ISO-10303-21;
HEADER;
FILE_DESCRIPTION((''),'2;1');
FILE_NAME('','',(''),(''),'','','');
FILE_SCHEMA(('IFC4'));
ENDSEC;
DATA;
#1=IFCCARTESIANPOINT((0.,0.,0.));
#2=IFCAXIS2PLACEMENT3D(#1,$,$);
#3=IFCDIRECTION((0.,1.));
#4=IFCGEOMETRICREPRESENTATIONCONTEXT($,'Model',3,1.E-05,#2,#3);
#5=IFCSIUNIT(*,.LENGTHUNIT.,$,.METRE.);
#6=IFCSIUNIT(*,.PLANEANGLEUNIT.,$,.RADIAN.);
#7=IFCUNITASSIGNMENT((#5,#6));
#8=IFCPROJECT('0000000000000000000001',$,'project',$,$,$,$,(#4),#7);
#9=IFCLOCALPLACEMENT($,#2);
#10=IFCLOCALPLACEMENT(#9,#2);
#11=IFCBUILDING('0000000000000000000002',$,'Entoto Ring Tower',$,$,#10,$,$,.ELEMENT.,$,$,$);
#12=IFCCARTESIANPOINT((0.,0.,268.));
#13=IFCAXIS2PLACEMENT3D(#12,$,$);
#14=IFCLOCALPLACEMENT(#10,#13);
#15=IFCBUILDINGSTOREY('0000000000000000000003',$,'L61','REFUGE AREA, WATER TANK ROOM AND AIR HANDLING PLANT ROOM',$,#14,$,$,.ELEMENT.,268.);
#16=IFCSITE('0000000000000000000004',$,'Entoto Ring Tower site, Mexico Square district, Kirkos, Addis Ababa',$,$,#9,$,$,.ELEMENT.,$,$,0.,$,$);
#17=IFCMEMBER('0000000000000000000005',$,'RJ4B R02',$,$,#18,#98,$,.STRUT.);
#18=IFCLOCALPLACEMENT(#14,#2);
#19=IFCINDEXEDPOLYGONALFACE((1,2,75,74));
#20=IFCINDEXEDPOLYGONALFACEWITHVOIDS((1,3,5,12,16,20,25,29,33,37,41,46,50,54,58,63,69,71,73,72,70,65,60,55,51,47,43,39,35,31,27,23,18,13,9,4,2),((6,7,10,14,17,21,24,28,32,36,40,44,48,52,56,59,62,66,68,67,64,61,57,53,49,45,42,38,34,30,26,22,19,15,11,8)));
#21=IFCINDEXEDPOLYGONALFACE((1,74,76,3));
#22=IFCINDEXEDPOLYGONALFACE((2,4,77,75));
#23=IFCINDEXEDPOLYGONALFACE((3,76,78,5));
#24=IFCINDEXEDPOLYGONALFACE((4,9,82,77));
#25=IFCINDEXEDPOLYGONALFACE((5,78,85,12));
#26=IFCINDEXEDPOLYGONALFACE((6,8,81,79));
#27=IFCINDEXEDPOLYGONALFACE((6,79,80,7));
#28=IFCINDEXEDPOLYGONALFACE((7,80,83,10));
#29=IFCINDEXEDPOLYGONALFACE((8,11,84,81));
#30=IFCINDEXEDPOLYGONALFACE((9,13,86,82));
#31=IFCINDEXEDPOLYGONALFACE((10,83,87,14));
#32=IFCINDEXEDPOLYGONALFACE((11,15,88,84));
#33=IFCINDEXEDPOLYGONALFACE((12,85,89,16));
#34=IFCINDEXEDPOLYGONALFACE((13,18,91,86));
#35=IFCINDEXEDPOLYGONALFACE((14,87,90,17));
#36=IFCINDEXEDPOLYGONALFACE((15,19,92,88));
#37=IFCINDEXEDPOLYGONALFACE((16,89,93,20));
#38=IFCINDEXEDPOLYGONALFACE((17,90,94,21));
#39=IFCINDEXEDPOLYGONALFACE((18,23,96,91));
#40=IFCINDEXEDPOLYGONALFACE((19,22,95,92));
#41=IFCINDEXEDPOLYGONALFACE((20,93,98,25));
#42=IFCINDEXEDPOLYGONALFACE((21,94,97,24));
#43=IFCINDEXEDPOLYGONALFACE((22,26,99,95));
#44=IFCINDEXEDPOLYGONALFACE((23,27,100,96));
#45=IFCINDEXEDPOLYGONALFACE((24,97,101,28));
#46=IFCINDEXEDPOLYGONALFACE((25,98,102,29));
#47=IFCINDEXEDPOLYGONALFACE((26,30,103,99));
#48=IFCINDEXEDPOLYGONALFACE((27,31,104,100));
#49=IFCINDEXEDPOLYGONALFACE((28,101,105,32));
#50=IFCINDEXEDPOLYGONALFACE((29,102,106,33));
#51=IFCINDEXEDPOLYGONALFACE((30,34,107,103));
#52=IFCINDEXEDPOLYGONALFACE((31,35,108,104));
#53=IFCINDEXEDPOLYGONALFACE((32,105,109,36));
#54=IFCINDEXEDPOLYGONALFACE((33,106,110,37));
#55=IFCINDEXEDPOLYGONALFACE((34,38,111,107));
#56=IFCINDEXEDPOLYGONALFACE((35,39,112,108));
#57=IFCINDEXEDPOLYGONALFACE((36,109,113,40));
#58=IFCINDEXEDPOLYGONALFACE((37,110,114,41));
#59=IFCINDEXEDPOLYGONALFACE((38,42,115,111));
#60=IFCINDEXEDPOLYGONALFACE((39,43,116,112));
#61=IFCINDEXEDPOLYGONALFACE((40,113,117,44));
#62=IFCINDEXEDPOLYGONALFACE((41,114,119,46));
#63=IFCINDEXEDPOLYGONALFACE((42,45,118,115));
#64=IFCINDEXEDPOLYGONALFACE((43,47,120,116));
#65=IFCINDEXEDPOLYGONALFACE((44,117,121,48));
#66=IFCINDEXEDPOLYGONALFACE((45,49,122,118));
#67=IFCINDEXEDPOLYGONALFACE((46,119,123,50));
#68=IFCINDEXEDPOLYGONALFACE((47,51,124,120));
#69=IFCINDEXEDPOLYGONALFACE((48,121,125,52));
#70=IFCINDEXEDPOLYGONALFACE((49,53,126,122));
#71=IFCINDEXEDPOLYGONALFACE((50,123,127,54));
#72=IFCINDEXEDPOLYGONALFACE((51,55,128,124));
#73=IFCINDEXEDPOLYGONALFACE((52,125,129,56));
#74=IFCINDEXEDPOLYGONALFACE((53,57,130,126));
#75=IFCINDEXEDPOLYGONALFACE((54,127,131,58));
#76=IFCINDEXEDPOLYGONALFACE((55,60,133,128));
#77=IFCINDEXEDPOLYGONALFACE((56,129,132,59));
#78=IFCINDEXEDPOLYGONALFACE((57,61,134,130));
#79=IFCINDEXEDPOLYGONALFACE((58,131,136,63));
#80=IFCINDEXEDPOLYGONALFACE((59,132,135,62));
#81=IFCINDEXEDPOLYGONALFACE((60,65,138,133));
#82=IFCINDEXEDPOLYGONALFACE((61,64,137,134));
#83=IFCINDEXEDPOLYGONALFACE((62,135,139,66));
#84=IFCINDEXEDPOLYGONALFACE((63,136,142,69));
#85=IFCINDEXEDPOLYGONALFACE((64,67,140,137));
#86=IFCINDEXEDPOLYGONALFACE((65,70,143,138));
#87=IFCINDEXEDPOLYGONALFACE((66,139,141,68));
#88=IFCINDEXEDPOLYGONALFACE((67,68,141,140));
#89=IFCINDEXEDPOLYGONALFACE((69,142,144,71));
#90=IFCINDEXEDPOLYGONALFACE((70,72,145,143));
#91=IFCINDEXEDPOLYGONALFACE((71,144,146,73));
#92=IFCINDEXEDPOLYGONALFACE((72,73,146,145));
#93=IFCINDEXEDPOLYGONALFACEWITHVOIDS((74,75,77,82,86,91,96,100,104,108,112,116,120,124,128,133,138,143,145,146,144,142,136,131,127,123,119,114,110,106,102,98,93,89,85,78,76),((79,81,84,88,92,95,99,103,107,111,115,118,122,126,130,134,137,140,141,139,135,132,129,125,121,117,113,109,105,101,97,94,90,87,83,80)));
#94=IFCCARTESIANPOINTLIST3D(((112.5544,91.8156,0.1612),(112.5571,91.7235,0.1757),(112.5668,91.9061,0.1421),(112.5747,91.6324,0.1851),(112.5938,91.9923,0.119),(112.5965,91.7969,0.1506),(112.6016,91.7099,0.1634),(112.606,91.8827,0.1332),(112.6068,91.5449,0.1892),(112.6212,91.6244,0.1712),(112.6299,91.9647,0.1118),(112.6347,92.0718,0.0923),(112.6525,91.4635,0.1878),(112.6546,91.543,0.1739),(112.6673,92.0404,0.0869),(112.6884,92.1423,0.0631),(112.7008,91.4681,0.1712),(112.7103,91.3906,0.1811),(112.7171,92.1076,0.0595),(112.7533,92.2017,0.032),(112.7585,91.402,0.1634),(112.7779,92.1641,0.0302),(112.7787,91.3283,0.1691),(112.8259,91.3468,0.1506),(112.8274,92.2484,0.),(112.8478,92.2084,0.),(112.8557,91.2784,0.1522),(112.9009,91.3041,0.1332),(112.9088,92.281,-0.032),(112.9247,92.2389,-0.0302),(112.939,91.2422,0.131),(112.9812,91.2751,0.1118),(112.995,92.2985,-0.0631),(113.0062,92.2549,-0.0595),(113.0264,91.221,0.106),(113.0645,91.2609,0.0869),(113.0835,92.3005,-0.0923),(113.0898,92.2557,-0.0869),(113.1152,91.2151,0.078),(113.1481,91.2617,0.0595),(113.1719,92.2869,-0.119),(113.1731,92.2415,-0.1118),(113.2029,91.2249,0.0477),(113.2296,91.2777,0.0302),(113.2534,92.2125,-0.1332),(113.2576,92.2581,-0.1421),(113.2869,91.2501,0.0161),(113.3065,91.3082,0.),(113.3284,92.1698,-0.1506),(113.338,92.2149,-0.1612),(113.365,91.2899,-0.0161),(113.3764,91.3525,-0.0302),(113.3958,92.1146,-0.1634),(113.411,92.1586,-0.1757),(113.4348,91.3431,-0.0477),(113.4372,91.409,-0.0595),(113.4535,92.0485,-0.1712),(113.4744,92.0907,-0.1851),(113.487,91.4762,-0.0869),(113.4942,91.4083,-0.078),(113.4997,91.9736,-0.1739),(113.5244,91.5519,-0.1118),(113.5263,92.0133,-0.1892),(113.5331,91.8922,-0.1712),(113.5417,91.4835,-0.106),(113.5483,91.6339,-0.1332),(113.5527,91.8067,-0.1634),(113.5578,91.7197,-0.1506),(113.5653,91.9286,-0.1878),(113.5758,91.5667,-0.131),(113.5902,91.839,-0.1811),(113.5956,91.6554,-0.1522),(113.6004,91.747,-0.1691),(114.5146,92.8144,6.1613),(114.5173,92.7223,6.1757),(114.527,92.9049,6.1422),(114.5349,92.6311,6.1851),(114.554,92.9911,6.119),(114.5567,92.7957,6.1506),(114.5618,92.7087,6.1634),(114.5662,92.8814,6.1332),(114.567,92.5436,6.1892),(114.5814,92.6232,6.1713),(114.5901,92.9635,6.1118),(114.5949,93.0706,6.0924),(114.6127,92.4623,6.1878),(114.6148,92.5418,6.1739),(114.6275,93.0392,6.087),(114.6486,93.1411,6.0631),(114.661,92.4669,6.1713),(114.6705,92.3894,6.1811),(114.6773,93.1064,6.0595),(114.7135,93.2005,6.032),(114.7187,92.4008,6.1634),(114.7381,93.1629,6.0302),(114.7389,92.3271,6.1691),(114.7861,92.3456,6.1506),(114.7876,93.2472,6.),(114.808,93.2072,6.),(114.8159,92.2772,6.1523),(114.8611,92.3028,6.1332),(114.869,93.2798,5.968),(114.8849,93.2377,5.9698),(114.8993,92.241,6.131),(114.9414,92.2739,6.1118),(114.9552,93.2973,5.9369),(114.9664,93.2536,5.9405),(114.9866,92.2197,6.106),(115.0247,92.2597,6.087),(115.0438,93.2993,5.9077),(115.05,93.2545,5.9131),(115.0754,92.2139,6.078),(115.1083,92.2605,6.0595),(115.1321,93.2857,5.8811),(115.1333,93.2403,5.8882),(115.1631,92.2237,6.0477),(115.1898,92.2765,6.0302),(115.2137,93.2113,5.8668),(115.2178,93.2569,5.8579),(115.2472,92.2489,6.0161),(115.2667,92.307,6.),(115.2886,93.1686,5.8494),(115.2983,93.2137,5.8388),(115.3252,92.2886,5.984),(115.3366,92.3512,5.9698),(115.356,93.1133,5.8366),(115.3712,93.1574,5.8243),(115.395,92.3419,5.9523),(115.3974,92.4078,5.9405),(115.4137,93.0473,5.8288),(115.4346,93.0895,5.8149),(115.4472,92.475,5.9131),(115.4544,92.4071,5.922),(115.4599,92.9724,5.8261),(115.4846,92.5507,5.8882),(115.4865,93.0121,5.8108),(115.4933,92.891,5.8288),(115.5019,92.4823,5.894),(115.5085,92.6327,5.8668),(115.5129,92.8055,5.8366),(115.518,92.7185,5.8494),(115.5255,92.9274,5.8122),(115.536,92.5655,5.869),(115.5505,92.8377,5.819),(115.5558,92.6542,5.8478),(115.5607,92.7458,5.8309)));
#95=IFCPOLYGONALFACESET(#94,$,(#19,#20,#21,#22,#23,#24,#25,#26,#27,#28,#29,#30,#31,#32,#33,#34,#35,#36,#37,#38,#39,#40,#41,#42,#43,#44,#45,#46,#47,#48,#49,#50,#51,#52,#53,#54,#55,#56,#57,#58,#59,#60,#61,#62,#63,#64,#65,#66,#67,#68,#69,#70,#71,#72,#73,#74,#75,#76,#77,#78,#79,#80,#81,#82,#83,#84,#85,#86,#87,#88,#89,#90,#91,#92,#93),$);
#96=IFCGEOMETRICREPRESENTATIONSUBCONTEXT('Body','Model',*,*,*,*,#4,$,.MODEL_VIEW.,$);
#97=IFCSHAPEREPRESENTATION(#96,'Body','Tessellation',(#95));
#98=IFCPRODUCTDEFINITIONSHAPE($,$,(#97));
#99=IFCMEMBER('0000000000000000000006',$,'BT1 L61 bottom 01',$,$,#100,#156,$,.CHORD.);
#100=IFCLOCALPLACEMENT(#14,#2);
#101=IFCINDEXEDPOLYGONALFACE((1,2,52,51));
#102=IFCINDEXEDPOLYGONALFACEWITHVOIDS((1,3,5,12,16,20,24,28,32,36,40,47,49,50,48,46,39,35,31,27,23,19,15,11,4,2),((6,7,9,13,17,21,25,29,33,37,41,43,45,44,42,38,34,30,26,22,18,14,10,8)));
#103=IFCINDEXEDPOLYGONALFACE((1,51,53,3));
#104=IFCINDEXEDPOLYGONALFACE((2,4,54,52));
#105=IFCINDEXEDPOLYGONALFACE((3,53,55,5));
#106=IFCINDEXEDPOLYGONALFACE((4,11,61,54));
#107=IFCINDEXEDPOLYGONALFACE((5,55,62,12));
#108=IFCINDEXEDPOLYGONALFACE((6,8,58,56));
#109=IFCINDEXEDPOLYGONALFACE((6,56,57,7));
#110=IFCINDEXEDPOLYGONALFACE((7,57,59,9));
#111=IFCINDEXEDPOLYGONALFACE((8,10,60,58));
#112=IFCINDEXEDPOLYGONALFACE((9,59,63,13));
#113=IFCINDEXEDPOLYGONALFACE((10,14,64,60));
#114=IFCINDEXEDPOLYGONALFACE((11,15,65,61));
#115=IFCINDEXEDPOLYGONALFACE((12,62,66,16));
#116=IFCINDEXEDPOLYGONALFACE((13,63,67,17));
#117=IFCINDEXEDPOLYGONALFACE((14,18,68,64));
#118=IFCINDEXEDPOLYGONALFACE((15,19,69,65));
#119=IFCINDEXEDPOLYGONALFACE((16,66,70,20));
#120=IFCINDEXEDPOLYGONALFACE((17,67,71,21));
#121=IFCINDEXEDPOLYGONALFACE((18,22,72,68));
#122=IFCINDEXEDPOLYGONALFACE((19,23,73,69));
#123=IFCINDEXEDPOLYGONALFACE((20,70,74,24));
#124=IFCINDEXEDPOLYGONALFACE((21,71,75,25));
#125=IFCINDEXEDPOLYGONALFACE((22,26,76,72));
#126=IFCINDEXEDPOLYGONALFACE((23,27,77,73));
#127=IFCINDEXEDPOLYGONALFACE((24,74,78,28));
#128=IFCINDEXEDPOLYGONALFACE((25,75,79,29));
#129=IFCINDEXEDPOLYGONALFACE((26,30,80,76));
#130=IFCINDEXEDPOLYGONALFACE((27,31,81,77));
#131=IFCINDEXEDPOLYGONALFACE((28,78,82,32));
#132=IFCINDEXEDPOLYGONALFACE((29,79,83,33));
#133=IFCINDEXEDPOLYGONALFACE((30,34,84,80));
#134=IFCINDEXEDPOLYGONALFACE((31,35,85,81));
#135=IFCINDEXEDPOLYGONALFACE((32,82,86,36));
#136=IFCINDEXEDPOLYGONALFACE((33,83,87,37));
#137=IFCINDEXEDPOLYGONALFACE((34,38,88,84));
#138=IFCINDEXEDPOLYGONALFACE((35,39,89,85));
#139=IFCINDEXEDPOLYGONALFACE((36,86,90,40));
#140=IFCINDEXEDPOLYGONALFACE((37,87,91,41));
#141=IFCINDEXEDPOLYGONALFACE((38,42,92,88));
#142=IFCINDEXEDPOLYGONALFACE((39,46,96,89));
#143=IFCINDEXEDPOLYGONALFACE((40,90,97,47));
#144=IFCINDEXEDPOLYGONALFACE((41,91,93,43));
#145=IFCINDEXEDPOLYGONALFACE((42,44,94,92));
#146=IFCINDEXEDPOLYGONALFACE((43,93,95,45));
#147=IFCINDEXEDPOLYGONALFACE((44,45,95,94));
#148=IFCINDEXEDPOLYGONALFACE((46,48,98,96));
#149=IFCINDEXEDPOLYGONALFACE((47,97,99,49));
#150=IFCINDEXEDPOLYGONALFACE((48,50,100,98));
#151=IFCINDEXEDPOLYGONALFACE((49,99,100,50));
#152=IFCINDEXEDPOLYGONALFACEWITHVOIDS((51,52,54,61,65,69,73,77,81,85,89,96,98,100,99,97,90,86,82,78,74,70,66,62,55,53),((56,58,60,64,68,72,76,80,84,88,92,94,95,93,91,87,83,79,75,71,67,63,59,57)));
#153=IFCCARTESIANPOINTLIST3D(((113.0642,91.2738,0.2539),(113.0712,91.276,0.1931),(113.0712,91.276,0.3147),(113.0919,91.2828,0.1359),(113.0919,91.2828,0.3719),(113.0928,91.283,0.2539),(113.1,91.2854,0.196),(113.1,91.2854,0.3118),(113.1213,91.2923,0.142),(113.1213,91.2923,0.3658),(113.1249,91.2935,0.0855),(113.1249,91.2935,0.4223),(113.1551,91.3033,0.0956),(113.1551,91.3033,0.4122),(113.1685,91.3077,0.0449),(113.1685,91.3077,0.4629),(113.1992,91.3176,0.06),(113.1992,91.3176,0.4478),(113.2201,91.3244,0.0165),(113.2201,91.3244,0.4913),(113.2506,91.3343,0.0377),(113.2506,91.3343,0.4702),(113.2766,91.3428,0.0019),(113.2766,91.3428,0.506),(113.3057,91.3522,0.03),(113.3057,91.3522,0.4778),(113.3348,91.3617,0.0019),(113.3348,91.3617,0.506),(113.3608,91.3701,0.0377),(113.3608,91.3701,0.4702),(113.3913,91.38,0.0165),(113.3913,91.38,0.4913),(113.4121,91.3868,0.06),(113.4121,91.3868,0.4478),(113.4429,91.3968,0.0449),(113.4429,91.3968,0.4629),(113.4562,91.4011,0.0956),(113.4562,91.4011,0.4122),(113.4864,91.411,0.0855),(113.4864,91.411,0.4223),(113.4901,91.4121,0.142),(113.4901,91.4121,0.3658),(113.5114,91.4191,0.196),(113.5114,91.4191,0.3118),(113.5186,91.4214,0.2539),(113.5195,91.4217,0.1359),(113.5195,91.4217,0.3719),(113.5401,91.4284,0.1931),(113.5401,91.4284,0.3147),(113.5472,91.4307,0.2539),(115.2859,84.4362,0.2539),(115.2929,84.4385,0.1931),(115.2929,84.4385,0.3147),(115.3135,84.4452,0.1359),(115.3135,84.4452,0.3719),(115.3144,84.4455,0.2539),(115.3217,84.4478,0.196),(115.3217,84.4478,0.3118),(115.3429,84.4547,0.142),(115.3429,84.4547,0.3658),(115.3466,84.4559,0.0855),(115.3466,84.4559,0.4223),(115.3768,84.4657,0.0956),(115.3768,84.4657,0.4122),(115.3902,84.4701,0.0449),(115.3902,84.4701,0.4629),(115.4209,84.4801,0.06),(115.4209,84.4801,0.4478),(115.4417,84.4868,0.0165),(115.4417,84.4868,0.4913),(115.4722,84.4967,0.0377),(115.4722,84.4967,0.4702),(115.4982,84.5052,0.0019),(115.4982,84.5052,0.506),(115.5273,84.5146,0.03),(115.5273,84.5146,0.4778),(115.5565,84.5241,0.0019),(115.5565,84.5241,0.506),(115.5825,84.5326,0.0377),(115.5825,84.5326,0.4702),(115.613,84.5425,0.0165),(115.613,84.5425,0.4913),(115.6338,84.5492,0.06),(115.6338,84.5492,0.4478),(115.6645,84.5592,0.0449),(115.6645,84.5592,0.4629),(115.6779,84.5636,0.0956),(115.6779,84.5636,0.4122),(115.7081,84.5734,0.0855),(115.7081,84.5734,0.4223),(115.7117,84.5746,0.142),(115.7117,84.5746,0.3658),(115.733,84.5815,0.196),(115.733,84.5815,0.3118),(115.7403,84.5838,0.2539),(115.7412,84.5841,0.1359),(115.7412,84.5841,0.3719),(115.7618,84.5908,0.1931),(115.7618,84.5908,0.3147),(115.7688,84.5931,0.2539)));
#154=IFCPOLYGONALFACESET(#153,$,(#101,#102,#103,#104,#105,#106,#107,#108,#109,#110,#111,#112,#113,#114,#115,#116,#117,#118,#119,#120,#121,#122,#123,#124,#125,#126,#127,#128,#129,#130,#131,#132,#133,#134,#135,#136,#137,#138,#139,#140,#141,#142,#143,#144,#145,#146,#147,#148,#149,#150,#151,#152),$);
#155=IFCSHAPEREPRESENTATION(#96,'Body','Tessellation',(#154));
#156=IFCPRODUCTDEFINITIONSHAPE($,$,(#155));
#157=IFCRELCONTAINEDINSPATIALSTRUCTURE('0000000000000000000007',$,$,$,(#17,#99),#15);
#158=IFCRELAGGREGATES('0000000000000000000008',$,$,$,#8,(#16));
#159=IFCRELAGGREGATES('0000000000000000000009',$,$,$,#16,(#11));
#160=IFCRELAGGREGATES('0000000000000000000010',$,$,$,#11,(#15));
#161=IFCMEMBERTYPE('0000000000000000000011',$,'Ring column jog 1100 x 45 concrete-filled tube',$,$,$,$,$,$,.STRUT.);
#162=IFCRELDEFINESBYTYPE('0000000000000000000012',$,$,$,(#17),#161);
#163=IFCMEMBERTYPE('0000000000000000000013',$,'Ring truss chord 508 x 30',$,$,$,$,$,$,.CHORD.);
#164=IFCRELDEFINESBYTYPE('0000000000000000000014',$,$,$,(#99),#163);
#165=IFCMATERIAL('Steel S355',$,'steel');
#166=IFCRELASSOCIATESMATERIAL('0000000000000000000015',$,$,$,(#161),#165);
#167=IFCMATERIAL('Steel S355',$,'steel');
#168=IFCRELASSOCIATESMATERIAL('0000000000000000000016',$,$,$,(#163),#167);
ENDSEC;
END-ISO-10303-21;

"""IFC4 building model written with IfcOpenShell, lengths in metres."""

from ifc_helpers import new_model, si_unit, direction, frame, origin, origin_2d, place, context, subcontext, project, spatial, circle, hollow_circle, extrude, material, material_profile, profile_set, type_object, element, save


model = new_model("IFC4")

# Units and contexts
model_context = context("Model", 3, precision=1e-05, world=origin(), true_north=direction((0.0, 1.0)))
body_context = subcontext(model_context, "Body", "Model", "MODEL_VIEW")
ifc_project = project(units=[si_unit("LENGTHUNIT", "METRE"), si_unit("PLANEANGLEUNIT", "RADIAN")], contexts=[model_context])

# Site, building, storey
site_placement = place(None, origin())
site = spatial("IfcSite", under=ifc_project, at=site_placement, Name="Entoto Ring Tower site, Mexico Square district, Kirkos, Addis Ababa", CompositionType="ELEMENT", RefElevation=0.0)
building_placement = place(site_placement, origin())
building = spatial("IfcBuilding", under=site, at=building_placement, Name="Entoto Ring Tower", CompositionType="ELEMENT")
storey_placement = place(building_placement, frame((0.0, 0.0, 268.0)))
storey = spatial("IfcBuildingStorey", under=building, at=storey_placement, Name="L61", Description="REFUGE AREA, WATER TANK ROOM AND AIR HANDLING PLANT ROOM", CompositionType="ELEMENT", Elevation=268.0)

# Members
ifc_material_1 = material(Name="Steel S355", Category="steel")
ifc_material_profile_1 = material_profile(ifc_material_1, hollow_circle(Radius=0.55, WallThickness=0.0449, at=origin_2d()), Name="CHS 1100 x 45")
ifc_material_2 = material(Name="Concrete C60/75", Category="concrete")
ifc_material_profile_2 = material_profile(ifc_material_2, circle(Radius=0.5049, at=origin_2d()), Name="Concrete C60/75 infill")
ifc_profile_set_1 = profile_set([ifc_material_profile_1, ifc_material_profile_2], Name="Steel S355")
member_type_1 = type_object("IfcMemberType", Name="Ring column jog 1100 x 45 concrete-filled tube", PredefinedType="STRUT", material=ifc_profile_set_1)
for number, where, z_axis, x_axis, name in (
    (1, (113.0771, 91.7583, 0.0), (0.306732, 0.156288, 0.938877), (-0.453992, 0.891006, 0.0), "RJ4B R02"),
):
    element("IfcMember", number, at=place(storey_placement, frame(where, z_axis=z_axis, x_axis=x_axis)), inside=storey, type_object=member_type_1, Name=name, PredefinedType="STRUT", context=body_context, shape_type="SweptSolid", body=[
        extrude(hollow_circle(Radius=0.55, WallThickness=0.0449, at=origin_2d()), origin(), (0.0, 0.0, 1.0), 6.3906),
    ])
ifc_material_3 = material(Name="Steel S355", Category="steel")
ifc_material_profile_3 = material_profile(ifc_material_3, hollow_circle(Radius=0.2539, WallThickness=0.03, at=origin_2d()), Name="CHS 508 x 30")
ifc_material_4 = material(Name="Concrete C60/75", Category="concrete")
ifc_material_profile_4 = material_profile(ifc_material_4, circle(Radius=0.2241, at=origin_2d()), Name="Concrete C60/75 infill")
ifc_profile_set_2 = profile_set([ifc_material_profile_3, ifc_material_profile_4], Name="Steel S355")
member_type_2 = type_object("IfcMemberType", Name="Ring truss chord 508 x 30", PredefinedType="CHORD", material=ifc_profile_set_2)
member_1_placement = place(storey_placement, frame((115.5273, 84.5146, 0.2539), z_axis=(-0.309016, 0.951057, 0.0), x_axis=(-0.951057, -0.309016, 0.0)))
element("IfcMember", 2, at=member_1_placement, inside=storey, type_object=member_type_2, Name="BT1 L61 bottom 01", PredefinedType="CHORD", context=body_context, shape_type="SweptSolid", body=[
    extrude(hollow_circle(Radius=0.2539, WallThickness=0.03, at=origin_2d()), origin(), (0.0, 0.0, 1.0), 7.1895),
])

save(model, "model.ifc")
